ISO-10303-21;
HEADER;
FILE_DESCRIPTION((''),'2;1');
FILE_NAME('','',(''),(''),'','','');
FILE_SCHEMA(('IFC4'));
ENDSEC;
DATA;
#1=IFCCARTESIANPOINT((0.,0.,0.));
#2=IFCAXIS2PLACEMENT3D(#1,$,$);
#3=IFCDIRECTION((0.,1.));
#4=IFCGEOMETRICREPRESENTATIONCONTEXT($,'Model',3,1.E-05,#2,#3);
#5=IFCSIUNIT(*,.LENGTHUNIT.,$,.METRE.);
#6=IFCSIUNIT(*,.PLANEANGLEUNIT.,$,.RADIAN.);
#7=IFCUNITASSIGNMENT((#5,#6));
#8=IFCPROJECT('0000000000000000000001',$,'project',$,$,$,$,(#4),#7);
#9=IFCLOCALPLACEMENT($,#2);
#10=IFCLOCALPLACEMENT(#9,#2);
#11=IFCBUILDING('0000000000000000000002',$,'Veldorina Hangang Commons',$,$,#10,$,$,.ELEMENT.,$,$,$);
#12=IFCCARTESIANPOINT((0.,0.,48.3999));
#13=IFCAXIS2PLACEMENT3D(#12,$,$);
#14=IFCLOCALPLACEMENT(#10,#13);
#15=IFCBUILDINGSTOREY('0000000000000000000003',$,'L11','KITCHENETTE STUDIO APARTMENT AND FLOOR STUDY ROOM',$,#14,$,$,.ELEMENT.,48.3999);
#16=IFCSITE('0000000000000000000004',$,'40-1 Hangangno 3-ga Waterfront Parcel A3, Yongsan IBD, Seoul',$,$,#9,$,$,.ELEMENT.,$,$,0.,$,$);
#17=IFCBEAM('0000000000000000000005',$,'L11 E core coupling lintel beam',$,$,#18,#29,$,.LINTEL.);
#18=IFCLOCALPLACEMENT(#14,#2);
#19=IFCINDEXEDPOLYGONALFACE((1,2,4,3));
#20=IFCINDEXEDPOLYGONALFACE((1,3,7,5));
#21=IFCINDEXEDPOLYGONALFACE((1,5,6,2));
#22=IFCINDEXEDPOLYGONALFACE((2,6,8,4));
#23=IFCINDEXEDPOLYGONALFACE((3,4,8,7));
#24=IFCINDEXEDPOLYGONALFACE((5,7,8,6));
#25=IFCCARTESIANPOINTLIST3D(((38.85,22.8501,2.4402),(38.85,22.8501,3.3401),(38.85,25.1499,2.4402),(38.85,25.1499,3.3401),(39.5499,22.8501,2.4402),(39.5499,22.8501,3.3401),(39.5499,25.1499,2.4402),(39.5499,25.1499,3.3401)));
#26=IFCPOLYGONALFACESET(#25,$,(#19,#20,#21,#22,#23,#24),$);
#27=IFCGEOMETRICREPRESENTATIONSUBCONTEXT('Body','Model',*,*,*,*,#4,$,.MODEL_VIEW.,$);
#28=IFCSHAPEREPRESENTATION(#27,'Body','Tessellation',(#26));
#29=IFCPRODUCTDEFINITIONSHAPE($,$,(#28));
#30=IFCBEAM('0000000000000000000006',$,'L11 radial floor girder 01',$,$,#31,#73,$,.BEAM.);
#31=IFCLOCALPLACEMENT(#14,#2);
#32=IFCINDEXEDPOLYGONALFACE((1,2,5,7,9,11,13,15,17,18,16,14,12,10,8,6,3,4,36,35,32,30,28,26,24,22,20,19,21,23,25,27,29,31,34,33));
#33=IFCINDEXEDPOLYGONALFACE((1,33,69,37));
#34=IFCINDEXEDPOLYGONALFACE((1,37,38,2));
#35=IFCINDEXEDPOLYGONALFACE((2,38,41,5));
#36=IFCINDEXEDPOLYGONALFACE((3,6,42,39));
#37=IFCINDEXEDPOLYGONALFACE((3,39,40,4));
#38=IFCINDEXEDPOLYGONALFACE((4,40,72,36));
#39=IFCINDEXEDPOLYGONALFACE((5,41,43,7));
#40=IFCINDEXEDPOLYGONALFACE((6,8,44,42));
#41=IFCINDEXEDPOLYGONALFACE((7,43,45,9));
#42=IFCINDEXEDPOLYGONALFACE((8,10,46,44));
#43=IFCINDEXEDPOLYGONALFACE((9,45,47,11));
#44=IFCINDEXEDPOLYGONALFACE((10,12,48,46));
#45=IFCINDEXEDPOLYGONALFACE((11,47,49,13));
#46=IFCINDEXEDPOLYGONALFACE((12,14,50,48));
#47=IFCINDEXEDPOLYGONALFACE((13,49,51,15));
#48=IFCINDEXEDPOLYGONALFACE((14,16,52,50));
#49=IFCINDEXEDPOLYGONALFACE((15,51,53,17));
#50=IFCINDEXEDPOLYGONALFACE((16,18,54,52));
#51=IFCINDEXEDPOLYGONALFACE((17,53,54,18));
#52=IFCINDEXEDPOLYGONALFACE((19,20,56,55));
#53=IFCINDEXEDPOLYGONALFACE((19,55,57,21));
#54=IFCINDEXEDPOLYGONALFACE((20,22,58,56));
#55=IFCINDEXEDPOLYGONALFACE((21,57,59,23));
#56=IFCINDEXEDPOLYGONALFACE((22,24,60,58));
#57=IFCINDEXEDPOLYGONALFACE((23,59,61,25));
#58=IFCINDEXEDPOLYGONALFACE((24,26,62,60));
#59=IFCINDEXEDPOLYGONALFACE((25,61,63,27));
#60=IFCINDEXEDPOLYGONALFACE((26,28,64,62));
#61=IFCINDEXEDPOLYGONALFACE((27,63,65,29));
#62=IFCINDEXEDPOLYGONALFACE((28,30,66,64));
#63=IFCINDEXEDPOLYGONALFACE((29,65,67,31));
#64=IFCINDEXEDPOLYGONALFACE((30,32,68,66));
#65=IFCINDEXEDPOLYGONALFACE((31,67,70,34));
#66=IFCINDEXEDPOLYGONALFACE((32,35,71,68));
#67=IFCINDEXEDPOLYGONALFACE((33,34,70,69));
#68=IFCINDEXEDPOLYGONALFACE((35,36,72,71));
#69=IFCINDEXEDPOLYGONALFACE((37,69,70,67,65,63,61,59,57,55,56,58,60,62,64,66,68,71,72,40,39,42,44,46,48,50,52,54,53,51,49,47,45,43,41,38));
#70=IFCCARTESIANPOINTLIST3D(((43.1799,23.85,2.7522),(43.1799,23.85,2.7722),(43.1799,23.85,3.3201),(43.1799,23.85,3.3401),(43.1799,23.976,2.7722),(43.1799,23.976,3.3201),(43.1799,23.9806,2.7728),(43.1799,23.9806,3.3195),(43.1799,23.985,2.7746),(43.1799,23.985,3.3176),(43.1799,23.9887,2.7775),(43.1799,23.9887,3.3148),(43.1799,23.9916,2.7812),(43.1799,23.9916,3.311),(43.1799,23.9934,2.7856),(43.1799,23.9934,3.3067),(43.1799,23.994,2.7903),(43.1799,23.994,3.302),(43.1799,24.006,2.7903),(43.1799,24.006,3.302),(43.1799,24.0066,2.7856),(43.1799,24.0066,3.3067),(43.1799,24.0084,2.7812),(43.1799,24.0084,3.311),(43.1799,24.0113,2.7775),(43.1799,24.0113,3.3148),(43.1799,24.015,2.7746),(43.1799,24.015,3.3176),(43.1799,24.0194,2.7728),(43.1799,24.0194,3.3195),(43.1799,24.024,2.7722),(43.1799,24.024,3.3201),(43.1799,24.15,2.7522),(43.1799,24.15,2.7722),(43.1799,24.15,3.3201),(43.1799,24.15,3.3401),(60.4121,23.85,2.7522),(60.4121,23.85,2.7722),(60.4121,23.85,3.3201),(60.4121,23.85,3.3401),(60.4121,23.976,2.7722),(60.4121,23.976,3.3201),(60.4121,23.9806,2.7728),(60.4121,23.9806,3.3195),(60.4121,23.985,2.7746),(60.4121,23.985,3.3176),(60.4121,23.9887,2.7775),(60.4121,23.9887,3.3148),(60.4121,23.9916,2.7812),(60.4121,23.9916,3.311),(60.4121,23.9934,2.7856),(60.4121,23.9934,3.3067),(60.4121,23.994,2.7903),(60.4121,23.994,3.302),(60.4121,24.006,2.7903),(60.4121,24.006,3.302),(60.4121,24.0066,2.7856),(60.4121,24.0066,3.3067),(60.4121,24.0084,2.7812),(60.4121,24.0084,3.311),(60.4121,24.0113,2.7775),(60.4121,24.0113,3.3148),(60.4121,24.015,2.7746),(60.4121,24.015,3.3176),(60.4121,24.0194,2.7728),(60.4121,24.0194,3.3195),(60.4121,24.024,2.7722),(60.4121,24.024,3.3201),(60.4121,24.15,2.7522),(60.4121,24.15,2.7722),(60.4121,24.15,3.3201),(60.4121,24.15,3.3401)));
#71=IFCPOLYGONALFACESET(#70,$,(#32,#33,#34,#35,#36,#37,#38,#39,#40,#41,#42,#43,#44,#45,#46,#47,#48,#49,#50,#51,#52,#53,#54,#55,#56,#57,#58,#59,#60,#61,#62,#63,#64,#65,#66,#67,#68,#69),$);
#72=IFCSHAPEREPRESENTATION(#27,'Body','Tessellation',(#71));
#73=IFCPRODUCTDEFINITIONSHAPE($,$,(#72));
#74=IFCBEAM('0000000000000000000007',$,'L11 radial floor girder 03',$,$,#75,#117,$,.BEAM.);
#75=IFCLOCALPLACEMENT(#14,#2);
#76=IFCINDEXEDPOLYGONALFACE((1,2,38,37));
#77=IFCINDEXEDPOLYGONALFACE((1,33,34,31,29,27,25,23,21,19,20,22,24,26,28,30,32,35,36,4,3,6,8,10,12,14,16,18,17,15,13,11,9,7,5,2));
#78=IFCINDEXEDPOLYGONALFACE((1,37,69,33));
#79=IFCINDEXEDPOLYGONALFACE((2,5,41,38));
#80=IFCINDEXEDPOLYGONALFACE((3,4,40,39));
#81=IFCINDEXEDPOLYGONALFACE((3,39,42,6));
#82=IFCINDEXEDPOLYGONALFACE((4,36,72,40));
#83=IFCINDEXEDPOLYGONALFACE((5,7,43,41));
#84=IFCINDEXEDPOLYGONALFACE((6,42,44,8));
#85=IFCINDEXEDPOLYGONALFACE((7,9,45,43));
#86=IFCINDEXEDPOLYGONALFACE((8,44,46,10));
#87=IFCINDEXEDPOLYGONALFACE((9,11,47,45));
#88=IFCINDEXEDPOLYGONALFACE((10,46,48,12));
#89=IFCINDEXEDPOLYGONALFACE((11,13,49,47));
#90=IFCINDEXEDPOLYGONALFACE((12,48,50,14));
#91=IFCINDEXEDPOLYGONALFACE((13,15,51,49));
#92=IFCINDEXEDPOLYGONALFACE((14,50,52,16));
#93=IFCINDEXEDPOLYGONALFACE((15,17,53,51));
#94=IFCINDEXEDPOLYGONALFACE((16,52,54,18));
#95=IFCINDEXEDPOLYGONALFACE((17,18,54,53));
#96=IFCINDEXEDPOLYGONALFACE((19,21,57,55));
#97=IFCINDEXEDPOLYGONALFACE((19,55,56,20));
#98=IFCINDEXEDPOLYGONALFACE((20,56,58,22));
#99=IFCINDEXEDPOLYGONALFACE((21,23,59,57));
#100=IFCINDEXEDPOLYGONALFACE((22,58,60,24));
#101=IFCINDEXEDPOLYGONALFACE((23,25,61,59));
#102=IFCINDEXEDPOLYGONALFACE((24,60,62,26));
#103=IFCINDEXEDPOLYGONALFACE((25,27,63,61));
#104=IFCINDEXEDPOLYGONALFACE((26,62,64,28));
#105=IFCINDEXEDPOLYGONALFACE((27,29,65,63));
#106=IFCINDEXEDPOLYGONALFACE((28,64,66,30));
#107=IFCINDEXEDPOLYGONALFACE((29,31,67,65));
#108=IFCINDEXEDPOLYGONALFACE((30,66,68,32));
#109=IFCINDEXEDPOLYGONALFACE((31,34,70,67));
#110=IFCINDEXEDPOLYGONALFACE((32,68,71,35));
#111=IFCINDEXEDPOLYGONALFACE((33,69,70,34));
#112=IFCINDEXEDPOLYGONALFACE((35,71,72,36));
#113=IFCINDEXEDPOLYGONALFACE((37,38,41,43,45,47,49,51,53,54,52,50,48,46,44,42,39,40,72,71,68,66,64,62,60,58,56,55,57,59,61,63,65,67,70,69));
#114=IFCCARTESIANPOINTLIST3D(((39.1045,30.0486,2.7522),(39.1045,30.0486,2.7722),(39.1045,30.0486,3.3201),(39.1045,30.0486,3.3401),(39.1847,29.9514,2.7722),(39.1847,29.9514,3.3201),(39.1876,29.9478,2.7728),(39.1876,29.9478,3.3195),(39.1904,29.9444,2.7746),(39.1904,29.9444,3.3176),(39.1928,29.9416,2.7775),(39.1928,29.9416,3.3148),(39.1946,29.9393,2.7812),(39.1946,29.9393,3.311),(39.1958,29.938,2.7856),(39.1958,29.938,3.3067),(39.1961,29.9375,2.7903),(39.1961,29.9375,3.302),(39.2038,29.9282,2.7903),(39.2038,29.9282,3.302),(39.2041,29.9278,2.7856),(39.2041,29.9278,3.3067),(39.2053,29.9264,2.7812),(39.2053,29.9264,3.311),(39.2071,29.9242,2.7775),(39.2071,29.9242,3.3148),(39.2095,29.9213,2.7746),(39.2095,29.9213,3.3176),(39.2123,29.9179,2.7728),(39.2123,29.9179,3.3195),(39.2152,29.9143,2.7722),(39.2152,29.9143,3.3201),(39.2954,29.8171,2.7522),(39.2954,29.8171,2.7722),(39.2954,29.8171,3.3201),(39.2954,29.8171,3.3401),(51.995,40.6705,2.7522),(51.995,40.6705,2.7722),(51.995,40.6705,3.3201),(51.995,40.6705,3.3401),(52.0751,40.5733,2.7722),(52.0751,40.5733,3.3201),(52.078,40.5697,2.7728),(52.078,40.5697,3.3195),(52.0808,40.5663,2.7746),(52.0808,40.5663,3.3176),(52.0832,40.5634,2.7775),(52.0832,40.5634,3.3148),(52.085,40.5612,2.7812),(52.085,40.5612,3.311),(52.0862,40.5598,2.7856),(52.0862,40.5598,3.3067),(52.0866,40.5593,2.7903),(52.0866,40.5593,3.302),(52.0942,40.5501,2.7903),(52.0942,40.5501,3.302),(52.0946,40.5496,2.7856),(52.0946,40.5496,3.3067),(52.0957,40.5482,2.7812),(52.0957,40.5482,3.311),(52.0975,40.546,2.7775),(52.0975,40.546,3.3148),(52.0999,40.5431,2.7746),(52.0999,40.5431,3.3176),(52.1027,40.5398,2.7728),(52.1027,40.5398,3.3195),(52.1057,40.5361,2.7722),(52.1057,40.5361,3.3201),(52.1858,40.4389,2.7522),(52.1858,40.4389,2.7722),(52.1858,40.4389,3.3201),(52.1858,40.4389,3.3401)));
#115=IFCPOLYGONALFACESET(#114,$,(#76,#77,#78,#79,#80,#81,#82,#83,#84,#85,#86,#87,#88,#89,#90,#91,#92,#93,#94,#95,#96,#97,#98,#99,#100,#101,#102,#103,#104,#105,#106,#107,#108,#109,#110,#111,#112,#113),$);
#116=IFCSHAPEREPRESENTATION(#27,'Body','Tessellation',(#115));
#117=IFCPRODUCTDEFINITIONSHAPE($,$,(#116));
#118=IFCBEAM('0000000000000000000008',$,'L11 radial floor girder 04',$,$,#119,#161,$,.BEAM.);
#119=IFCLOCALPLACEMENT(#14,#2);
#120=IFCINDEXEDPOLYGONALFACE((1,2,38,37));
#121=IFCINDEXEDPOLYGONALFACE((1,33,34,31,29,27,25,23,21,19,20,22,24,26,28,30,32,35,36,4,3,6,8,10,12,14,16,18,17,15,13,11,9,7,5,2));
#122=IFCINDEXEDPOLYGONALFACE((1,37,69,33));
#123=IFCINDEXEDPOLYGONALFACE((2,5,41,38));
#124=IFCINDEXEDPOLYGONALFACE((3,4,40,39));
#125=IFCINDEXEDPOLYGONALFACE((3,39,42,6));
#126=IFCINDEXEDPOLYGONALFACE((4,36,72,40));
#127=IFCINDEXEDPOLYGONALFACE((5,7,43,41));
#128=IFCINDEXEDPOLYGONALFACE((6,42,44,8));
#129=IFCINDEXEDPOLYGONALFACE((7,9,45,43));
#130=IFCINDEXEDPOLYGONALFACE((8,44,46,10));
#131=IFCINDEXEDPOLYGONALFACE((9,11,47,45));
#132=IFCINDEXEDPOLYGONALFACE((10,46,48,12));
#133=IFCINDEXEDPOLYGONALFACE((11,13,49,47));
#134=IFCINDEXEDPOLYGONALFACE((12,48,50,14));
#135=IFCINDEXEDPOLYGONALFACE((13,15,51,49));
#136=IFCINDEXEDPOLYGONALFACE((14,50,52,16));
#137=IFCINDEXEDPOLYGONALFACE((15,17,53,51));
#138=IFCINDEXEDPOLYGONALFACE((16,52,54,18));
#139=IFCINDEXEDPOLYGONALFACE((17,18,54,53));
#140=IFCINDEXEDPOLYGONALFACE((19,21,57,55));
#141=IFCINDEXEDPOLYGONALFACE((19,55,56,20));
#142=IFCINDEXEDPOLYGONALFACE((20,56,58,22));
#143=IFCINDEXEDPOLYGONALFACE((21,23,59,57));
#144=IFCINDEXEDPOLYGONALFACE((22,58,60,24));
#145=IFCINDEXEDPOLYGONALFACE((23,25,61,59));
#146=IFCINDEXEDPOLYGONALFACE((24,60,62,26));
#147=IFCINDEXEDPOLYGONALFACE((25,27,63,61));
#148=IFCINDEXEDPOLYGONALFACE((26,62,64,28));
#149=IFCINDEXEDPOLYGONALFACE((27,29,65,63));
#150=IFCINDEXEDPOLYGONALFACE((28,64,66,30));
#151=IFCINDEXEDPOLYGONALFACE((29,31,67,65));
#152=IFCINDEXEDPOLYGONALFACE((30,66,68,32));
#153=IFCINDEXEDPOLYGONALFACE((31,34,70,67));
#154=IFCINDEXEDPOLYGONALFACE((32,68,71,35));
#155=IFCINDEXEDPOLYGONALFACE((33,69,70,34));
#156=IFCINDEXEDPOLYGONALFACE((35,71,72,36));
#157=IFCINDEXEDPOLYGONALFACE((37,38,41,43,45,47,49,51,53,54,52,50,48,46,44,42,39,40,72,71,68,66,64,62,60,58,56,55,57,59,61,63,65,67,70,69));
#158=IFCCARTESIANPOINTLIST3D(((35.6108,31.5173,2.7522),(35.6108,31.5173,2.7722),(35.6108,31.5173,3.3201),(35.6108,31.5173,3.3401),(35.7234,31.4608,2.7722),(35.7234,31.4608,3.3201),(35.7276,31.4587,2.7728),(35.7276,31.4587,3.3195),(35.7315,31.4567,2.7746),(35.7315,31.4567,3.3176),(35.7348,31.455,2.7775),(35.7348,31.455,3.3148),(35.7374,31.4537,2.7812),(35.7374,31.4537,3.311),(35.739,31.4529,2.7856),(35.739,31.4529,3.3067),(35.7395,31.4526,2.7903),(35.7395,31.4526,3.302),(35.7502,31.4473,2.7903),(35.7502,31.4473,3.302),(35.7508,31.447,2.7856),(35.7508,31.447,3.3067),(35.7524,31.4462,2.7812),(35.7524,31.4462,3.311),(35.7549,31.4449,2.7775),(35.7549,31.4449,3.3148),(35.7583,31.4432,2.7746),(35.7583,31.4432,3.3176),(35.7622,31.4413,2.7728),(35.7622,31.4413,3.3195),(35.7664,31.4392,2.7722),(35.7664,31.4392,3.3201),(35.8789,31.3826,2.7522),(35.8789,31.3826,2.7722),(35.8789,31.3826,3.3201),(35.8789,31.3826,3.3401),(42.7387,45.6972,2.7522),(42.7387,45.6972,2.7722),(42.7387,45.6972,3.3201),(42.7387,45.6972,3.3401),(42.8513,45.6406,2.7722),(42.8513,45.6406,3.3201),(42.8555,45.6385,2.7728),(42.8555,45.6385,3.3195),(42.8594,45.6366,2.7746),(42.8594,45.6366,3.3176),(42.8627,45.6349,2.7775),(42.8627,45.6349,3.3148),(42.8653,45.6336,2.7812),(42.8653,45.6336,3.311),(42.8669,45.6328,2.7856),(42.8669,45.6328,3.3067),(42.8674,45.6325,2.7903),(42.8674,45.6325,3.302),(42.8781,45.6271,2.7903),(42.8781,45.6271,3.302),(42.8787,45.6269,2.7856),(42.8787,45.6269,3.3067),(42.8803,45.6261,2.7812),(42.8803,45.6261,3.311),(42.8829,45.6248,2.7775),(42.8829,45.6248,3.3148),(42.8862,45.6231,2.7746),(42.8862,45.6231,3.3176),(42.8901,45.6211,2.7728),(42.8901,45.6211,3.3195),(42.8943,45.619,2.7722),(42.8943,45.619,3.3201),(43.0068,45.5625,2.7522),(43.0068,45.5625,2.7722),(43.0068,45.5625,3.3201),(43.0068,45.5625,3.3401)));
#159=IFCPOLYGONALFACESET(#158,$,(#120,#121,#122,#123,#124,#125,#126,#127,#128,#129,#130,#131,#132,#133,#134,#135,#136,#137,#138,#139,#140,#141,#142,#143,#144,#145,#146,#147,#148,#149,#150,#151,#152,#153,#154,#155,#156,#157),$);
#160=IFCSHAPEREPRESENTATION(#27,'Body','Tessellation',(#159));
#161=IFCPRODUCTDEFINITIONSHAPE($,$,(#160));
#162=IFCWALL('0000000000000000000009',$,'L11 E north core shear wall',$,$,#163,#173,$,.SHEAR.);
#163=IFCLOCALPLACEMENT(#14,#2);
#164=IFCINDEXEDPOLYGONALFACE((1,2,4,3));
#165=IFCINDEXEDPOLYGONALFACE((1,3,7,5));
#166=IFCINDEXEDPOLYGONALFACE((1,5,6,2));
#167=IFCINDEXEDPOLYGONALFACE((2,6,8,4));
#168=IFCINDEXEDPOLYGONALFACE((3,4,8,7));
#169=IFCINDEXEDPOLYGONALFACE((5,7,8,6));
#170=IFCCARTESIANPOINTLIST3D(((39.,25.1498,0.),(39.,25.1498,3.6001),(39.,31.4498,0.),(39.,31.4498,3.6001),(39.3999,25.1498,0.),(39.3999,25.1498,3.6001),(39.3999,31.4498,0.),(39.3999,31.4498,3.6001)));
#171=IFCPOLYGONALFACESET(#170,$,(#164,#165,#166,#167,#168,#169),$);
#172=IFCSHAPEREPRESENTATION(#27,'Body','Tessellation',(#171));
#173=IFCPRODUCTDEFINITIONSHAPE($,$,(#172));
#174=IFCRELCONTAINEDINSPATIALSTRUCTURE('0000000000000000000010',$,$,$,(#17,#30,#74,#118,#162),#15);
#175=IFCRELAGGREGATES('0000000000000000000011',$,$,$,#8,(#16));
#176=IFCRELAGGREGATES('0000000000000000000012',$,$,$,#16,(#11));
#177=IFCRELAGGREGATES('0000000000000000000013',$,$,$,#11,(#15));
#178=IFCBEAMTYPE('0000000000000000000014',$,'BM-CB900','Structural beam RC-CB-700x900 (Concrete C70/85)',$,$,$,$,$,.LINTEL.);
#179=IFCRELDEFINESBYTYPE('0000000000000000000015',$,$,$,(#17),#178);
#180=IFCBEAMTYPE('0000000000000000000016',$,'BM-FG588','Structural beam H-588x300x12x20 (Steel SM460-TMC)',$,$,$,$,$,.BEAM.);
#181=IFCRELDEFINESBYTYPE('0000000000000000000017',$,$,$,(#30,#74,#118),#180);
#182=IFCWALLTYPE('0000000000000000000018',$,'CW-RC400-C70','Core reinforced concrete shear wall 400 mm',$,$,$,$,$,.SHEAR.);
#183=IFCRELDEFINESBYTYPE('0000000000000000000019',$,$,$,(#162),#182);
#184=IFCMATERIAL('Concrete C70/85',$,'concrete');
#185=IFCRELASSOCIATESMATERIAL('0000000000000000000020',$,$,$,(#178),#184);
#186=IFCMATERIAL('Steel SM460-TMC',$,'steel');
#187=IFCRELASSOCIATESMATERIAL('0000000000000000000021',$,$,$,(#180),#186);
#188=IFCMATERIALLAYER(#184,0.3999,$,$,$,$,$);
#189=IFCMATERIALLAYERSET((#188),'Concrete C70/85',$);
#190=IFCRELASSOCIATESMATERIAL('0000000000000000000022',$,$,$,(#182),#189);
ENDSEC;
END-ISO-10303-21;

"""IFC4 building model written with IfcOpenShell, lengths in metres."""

from ifc_helpers import new_model, si_unit, direction, frame, frame_2d, origin, origin_2d, place, context, subcontext, project, spatial, rectangle, i_section, extrude, material, layer, layer_set, material_profile, profile_set, type_object, element, save


model = new_model("IFC4")

# Units and contexts
model_context = context("Model", 3, precision=1e-05, world=origin(), true_north=direction((0.0, 1.0)))
body_context = subcontext(model_context, "Body", "Model", "MODEL_VIEW")
ifc_project = project(units=[si_unit("LENGTHUNIT", "METRE"), si_unit("PLANEANGLEUNIT", "RADIAN")], contexts=[model_context])

# Site, building, storey
site_placement = place(None, origin())
site = spatial("IfcSite", under=ifc_project, at=site_placement, Name="40-1 Hangangno 3-ga Waterfront Parcel A3, Yongsan IBD, Seoul", CompositionType="ELEMENT", RefElevation=0.0)
building_placement = place(site_placement, origin())
building = spatial("IfcBuilding", under=site, at=building_placement, Name="Veldorina Hangang Commons", CompositionType="ELEMENT")
storey_placement = place(building_placement, frame((0.0, 0.0, 48.3999)))
storey = spatial("IfcBuildingStorey", under=building, at=storey_placement, Name="L11", Description="KITCHENETTE STUDIO APARTMENT AND FLOOR STUDY ROOM", CompositionType="ELEMENT", Elevation=48.3999)

# Beams
ifc_material_1 = material(Name="Concrete C70/85", Category="concrete")
ifc_material_profile_1 = material_profile(ifc_material_1, rectangle(XDim=0.7, YDim=0.8999, at=origin_2d()), Name="RC-CB-700x900")
ifc_profile_set_1 = profile_set([ifc_material_profile_1], Name="Concrete C70/85")
beam_type_1 = type_object("IfcBeamType", Name="BM-CB900", Description="Structural beam RC-CB-700x900 (Concrete C70/85)", PredefinedType="LINTEL", material=ifc_profile_set_1)
beam_1_placement = place(storey_placement, frame((39.2, 22.8501, 2.8901), z_axis=(0.0, 1.0, 0.0), x_axis=(-1.0, 0.0, 0.0)))
element("IfcBeam", 1, at=beam_1_placement, inside=storey, type_object=beam_type_1, Name="L11 E core coupling lintel beam", PredefinedType="LINTEL", context=body_context, shape_type="SweptSolid", body=[
    extrude(rectangle(XDim=0.7, YDim=0.8999, at=origin_2d()), origin(), (0.0, 0.0, 1.0), 2.2998),
])
ifc_material_2 = material(Name="Steel SM460-TMC", Category="steel")
ifc_material_profile_2 = material_profile(ifc_material_2, i_section(OverallWidth=0.3, OverallDepth=0.5879, WebThickness=0.012, FlangeThickness=0.02, FilletRadius=0.0181, at=origin_2d()), Name="H-588x300x12x20")
ifc_profile_set_2 = profile_set([ifc_material_profile_2], Name="Steel SM460-TMC")
beam_type_2 = type_object("IfcBeamType", Name="BM-FG588", Description="Structural beam H-588x300x12x20 (Steel SM460-TMC)", PredefinedType="BEAM", material=ifc_profile_set_2)
beam_2_placement = place(storey_placement, frame((43.1799, 24.0, 3.0461), z_axis=(1.0, 0.0, 0.0), x_axis=(0.0, 1.0, 0.0)))
element("IfcBeam", 2, at=beam_2_placement, inside=storey, type_object=beam_type_2, Name="L11 radial floor girder 01", PredefinedType="BEAM", context=body_context, shape_type="SweptSolid", body=[
    extrude(i_section(OverallWidth=0.3, OverallDepth=0.5879, WebThickness=0.012, FlangeThickness=0.02, FilletRadius=0.0181, at=origin_2d()), origin(), (0.0, 0.0, 1.0), 17.2322),
])
beam_3_placement = place(storey_placement, frame((39.2, 29.9329, 3.0461), z_axis=(0.771748, 0.635929, 0.0), x_axis=(-0.635929, 0.771748, 0.0)))
element("IfcBeam", 3, at=beam_3_placement, inside=storey, type_object=beam_type_2, Name="L11 radial floor girder 03", PredefinedType="BEAM", context=body_context, shape_type="SweptSolid", body=[
    extrude(i_section(OverallWidth=0.3, OverallDepth=0.5879, WebThickness=0.012, FlangeThickness=0.02, FilletRadius=0.0181, at=origin_2d()), origin(), (0.0, 0.0, 1.0), 16.7029),
])
beam_4_placement = place(storey_placement, frame((35.7449, 31.45, 3.0461), z_axis=(0.449126, 0.893468, 0.0), x_axis=(-0.893468, 0.449126, 0.0)))
element("IfcBeam", 4, at=beam_4_placement, inside=storey, type_object=beam_type_2, Name="L11 radial floor girder 04", PredefinedType="BEAM", context=body_context, shape_type="SweptSolid", body=[
    extrude(i_section(OverallWidth=0.3, OverallDepth=0.5879, WebThickness=0.012, FlangeThickness=0.02, FilletRadius=0.0181, at=origin_2d()), origin(), (0.0, 0.0, 1.0), 15.8706),
])

# Wall
ifc_layer_1 = layer(ifc_material_1, 0.3999)
ifc_layer_set_1 = layer_set([ifc_layer_1], Name="Concrete C70/85")
wall_type_1 = type_object("IfcWallType", Name="CW-RC400-C70", Description="Core reinforced concrete shear wall 400 mm", PredefinedType="SHEAR", material=ifc_layer_set_1)
wall_1_placement = place(storey_placement, frame((39.2, 25.1499, 0.0), z_axis=(0.0, 0.0, 1.0), x_axis=(0.0, 1.0, 0.0)))
element("IfcWall", 5, at=wall_1_placement, inside=storey, type_object=wall_type_1, Name="L11 E north core shear wall", PredefinedType="SHEAR", context=body_context, shape_type="SweptSolid", body=[
    extrude(rectangle(XDim=6.3, YDim=0.3999, at=frame_2d((3.1499, 0.0))), origin(), (0.0, 0.0, 1.0), 3.6001),
])

save(model, "model.ifc")
